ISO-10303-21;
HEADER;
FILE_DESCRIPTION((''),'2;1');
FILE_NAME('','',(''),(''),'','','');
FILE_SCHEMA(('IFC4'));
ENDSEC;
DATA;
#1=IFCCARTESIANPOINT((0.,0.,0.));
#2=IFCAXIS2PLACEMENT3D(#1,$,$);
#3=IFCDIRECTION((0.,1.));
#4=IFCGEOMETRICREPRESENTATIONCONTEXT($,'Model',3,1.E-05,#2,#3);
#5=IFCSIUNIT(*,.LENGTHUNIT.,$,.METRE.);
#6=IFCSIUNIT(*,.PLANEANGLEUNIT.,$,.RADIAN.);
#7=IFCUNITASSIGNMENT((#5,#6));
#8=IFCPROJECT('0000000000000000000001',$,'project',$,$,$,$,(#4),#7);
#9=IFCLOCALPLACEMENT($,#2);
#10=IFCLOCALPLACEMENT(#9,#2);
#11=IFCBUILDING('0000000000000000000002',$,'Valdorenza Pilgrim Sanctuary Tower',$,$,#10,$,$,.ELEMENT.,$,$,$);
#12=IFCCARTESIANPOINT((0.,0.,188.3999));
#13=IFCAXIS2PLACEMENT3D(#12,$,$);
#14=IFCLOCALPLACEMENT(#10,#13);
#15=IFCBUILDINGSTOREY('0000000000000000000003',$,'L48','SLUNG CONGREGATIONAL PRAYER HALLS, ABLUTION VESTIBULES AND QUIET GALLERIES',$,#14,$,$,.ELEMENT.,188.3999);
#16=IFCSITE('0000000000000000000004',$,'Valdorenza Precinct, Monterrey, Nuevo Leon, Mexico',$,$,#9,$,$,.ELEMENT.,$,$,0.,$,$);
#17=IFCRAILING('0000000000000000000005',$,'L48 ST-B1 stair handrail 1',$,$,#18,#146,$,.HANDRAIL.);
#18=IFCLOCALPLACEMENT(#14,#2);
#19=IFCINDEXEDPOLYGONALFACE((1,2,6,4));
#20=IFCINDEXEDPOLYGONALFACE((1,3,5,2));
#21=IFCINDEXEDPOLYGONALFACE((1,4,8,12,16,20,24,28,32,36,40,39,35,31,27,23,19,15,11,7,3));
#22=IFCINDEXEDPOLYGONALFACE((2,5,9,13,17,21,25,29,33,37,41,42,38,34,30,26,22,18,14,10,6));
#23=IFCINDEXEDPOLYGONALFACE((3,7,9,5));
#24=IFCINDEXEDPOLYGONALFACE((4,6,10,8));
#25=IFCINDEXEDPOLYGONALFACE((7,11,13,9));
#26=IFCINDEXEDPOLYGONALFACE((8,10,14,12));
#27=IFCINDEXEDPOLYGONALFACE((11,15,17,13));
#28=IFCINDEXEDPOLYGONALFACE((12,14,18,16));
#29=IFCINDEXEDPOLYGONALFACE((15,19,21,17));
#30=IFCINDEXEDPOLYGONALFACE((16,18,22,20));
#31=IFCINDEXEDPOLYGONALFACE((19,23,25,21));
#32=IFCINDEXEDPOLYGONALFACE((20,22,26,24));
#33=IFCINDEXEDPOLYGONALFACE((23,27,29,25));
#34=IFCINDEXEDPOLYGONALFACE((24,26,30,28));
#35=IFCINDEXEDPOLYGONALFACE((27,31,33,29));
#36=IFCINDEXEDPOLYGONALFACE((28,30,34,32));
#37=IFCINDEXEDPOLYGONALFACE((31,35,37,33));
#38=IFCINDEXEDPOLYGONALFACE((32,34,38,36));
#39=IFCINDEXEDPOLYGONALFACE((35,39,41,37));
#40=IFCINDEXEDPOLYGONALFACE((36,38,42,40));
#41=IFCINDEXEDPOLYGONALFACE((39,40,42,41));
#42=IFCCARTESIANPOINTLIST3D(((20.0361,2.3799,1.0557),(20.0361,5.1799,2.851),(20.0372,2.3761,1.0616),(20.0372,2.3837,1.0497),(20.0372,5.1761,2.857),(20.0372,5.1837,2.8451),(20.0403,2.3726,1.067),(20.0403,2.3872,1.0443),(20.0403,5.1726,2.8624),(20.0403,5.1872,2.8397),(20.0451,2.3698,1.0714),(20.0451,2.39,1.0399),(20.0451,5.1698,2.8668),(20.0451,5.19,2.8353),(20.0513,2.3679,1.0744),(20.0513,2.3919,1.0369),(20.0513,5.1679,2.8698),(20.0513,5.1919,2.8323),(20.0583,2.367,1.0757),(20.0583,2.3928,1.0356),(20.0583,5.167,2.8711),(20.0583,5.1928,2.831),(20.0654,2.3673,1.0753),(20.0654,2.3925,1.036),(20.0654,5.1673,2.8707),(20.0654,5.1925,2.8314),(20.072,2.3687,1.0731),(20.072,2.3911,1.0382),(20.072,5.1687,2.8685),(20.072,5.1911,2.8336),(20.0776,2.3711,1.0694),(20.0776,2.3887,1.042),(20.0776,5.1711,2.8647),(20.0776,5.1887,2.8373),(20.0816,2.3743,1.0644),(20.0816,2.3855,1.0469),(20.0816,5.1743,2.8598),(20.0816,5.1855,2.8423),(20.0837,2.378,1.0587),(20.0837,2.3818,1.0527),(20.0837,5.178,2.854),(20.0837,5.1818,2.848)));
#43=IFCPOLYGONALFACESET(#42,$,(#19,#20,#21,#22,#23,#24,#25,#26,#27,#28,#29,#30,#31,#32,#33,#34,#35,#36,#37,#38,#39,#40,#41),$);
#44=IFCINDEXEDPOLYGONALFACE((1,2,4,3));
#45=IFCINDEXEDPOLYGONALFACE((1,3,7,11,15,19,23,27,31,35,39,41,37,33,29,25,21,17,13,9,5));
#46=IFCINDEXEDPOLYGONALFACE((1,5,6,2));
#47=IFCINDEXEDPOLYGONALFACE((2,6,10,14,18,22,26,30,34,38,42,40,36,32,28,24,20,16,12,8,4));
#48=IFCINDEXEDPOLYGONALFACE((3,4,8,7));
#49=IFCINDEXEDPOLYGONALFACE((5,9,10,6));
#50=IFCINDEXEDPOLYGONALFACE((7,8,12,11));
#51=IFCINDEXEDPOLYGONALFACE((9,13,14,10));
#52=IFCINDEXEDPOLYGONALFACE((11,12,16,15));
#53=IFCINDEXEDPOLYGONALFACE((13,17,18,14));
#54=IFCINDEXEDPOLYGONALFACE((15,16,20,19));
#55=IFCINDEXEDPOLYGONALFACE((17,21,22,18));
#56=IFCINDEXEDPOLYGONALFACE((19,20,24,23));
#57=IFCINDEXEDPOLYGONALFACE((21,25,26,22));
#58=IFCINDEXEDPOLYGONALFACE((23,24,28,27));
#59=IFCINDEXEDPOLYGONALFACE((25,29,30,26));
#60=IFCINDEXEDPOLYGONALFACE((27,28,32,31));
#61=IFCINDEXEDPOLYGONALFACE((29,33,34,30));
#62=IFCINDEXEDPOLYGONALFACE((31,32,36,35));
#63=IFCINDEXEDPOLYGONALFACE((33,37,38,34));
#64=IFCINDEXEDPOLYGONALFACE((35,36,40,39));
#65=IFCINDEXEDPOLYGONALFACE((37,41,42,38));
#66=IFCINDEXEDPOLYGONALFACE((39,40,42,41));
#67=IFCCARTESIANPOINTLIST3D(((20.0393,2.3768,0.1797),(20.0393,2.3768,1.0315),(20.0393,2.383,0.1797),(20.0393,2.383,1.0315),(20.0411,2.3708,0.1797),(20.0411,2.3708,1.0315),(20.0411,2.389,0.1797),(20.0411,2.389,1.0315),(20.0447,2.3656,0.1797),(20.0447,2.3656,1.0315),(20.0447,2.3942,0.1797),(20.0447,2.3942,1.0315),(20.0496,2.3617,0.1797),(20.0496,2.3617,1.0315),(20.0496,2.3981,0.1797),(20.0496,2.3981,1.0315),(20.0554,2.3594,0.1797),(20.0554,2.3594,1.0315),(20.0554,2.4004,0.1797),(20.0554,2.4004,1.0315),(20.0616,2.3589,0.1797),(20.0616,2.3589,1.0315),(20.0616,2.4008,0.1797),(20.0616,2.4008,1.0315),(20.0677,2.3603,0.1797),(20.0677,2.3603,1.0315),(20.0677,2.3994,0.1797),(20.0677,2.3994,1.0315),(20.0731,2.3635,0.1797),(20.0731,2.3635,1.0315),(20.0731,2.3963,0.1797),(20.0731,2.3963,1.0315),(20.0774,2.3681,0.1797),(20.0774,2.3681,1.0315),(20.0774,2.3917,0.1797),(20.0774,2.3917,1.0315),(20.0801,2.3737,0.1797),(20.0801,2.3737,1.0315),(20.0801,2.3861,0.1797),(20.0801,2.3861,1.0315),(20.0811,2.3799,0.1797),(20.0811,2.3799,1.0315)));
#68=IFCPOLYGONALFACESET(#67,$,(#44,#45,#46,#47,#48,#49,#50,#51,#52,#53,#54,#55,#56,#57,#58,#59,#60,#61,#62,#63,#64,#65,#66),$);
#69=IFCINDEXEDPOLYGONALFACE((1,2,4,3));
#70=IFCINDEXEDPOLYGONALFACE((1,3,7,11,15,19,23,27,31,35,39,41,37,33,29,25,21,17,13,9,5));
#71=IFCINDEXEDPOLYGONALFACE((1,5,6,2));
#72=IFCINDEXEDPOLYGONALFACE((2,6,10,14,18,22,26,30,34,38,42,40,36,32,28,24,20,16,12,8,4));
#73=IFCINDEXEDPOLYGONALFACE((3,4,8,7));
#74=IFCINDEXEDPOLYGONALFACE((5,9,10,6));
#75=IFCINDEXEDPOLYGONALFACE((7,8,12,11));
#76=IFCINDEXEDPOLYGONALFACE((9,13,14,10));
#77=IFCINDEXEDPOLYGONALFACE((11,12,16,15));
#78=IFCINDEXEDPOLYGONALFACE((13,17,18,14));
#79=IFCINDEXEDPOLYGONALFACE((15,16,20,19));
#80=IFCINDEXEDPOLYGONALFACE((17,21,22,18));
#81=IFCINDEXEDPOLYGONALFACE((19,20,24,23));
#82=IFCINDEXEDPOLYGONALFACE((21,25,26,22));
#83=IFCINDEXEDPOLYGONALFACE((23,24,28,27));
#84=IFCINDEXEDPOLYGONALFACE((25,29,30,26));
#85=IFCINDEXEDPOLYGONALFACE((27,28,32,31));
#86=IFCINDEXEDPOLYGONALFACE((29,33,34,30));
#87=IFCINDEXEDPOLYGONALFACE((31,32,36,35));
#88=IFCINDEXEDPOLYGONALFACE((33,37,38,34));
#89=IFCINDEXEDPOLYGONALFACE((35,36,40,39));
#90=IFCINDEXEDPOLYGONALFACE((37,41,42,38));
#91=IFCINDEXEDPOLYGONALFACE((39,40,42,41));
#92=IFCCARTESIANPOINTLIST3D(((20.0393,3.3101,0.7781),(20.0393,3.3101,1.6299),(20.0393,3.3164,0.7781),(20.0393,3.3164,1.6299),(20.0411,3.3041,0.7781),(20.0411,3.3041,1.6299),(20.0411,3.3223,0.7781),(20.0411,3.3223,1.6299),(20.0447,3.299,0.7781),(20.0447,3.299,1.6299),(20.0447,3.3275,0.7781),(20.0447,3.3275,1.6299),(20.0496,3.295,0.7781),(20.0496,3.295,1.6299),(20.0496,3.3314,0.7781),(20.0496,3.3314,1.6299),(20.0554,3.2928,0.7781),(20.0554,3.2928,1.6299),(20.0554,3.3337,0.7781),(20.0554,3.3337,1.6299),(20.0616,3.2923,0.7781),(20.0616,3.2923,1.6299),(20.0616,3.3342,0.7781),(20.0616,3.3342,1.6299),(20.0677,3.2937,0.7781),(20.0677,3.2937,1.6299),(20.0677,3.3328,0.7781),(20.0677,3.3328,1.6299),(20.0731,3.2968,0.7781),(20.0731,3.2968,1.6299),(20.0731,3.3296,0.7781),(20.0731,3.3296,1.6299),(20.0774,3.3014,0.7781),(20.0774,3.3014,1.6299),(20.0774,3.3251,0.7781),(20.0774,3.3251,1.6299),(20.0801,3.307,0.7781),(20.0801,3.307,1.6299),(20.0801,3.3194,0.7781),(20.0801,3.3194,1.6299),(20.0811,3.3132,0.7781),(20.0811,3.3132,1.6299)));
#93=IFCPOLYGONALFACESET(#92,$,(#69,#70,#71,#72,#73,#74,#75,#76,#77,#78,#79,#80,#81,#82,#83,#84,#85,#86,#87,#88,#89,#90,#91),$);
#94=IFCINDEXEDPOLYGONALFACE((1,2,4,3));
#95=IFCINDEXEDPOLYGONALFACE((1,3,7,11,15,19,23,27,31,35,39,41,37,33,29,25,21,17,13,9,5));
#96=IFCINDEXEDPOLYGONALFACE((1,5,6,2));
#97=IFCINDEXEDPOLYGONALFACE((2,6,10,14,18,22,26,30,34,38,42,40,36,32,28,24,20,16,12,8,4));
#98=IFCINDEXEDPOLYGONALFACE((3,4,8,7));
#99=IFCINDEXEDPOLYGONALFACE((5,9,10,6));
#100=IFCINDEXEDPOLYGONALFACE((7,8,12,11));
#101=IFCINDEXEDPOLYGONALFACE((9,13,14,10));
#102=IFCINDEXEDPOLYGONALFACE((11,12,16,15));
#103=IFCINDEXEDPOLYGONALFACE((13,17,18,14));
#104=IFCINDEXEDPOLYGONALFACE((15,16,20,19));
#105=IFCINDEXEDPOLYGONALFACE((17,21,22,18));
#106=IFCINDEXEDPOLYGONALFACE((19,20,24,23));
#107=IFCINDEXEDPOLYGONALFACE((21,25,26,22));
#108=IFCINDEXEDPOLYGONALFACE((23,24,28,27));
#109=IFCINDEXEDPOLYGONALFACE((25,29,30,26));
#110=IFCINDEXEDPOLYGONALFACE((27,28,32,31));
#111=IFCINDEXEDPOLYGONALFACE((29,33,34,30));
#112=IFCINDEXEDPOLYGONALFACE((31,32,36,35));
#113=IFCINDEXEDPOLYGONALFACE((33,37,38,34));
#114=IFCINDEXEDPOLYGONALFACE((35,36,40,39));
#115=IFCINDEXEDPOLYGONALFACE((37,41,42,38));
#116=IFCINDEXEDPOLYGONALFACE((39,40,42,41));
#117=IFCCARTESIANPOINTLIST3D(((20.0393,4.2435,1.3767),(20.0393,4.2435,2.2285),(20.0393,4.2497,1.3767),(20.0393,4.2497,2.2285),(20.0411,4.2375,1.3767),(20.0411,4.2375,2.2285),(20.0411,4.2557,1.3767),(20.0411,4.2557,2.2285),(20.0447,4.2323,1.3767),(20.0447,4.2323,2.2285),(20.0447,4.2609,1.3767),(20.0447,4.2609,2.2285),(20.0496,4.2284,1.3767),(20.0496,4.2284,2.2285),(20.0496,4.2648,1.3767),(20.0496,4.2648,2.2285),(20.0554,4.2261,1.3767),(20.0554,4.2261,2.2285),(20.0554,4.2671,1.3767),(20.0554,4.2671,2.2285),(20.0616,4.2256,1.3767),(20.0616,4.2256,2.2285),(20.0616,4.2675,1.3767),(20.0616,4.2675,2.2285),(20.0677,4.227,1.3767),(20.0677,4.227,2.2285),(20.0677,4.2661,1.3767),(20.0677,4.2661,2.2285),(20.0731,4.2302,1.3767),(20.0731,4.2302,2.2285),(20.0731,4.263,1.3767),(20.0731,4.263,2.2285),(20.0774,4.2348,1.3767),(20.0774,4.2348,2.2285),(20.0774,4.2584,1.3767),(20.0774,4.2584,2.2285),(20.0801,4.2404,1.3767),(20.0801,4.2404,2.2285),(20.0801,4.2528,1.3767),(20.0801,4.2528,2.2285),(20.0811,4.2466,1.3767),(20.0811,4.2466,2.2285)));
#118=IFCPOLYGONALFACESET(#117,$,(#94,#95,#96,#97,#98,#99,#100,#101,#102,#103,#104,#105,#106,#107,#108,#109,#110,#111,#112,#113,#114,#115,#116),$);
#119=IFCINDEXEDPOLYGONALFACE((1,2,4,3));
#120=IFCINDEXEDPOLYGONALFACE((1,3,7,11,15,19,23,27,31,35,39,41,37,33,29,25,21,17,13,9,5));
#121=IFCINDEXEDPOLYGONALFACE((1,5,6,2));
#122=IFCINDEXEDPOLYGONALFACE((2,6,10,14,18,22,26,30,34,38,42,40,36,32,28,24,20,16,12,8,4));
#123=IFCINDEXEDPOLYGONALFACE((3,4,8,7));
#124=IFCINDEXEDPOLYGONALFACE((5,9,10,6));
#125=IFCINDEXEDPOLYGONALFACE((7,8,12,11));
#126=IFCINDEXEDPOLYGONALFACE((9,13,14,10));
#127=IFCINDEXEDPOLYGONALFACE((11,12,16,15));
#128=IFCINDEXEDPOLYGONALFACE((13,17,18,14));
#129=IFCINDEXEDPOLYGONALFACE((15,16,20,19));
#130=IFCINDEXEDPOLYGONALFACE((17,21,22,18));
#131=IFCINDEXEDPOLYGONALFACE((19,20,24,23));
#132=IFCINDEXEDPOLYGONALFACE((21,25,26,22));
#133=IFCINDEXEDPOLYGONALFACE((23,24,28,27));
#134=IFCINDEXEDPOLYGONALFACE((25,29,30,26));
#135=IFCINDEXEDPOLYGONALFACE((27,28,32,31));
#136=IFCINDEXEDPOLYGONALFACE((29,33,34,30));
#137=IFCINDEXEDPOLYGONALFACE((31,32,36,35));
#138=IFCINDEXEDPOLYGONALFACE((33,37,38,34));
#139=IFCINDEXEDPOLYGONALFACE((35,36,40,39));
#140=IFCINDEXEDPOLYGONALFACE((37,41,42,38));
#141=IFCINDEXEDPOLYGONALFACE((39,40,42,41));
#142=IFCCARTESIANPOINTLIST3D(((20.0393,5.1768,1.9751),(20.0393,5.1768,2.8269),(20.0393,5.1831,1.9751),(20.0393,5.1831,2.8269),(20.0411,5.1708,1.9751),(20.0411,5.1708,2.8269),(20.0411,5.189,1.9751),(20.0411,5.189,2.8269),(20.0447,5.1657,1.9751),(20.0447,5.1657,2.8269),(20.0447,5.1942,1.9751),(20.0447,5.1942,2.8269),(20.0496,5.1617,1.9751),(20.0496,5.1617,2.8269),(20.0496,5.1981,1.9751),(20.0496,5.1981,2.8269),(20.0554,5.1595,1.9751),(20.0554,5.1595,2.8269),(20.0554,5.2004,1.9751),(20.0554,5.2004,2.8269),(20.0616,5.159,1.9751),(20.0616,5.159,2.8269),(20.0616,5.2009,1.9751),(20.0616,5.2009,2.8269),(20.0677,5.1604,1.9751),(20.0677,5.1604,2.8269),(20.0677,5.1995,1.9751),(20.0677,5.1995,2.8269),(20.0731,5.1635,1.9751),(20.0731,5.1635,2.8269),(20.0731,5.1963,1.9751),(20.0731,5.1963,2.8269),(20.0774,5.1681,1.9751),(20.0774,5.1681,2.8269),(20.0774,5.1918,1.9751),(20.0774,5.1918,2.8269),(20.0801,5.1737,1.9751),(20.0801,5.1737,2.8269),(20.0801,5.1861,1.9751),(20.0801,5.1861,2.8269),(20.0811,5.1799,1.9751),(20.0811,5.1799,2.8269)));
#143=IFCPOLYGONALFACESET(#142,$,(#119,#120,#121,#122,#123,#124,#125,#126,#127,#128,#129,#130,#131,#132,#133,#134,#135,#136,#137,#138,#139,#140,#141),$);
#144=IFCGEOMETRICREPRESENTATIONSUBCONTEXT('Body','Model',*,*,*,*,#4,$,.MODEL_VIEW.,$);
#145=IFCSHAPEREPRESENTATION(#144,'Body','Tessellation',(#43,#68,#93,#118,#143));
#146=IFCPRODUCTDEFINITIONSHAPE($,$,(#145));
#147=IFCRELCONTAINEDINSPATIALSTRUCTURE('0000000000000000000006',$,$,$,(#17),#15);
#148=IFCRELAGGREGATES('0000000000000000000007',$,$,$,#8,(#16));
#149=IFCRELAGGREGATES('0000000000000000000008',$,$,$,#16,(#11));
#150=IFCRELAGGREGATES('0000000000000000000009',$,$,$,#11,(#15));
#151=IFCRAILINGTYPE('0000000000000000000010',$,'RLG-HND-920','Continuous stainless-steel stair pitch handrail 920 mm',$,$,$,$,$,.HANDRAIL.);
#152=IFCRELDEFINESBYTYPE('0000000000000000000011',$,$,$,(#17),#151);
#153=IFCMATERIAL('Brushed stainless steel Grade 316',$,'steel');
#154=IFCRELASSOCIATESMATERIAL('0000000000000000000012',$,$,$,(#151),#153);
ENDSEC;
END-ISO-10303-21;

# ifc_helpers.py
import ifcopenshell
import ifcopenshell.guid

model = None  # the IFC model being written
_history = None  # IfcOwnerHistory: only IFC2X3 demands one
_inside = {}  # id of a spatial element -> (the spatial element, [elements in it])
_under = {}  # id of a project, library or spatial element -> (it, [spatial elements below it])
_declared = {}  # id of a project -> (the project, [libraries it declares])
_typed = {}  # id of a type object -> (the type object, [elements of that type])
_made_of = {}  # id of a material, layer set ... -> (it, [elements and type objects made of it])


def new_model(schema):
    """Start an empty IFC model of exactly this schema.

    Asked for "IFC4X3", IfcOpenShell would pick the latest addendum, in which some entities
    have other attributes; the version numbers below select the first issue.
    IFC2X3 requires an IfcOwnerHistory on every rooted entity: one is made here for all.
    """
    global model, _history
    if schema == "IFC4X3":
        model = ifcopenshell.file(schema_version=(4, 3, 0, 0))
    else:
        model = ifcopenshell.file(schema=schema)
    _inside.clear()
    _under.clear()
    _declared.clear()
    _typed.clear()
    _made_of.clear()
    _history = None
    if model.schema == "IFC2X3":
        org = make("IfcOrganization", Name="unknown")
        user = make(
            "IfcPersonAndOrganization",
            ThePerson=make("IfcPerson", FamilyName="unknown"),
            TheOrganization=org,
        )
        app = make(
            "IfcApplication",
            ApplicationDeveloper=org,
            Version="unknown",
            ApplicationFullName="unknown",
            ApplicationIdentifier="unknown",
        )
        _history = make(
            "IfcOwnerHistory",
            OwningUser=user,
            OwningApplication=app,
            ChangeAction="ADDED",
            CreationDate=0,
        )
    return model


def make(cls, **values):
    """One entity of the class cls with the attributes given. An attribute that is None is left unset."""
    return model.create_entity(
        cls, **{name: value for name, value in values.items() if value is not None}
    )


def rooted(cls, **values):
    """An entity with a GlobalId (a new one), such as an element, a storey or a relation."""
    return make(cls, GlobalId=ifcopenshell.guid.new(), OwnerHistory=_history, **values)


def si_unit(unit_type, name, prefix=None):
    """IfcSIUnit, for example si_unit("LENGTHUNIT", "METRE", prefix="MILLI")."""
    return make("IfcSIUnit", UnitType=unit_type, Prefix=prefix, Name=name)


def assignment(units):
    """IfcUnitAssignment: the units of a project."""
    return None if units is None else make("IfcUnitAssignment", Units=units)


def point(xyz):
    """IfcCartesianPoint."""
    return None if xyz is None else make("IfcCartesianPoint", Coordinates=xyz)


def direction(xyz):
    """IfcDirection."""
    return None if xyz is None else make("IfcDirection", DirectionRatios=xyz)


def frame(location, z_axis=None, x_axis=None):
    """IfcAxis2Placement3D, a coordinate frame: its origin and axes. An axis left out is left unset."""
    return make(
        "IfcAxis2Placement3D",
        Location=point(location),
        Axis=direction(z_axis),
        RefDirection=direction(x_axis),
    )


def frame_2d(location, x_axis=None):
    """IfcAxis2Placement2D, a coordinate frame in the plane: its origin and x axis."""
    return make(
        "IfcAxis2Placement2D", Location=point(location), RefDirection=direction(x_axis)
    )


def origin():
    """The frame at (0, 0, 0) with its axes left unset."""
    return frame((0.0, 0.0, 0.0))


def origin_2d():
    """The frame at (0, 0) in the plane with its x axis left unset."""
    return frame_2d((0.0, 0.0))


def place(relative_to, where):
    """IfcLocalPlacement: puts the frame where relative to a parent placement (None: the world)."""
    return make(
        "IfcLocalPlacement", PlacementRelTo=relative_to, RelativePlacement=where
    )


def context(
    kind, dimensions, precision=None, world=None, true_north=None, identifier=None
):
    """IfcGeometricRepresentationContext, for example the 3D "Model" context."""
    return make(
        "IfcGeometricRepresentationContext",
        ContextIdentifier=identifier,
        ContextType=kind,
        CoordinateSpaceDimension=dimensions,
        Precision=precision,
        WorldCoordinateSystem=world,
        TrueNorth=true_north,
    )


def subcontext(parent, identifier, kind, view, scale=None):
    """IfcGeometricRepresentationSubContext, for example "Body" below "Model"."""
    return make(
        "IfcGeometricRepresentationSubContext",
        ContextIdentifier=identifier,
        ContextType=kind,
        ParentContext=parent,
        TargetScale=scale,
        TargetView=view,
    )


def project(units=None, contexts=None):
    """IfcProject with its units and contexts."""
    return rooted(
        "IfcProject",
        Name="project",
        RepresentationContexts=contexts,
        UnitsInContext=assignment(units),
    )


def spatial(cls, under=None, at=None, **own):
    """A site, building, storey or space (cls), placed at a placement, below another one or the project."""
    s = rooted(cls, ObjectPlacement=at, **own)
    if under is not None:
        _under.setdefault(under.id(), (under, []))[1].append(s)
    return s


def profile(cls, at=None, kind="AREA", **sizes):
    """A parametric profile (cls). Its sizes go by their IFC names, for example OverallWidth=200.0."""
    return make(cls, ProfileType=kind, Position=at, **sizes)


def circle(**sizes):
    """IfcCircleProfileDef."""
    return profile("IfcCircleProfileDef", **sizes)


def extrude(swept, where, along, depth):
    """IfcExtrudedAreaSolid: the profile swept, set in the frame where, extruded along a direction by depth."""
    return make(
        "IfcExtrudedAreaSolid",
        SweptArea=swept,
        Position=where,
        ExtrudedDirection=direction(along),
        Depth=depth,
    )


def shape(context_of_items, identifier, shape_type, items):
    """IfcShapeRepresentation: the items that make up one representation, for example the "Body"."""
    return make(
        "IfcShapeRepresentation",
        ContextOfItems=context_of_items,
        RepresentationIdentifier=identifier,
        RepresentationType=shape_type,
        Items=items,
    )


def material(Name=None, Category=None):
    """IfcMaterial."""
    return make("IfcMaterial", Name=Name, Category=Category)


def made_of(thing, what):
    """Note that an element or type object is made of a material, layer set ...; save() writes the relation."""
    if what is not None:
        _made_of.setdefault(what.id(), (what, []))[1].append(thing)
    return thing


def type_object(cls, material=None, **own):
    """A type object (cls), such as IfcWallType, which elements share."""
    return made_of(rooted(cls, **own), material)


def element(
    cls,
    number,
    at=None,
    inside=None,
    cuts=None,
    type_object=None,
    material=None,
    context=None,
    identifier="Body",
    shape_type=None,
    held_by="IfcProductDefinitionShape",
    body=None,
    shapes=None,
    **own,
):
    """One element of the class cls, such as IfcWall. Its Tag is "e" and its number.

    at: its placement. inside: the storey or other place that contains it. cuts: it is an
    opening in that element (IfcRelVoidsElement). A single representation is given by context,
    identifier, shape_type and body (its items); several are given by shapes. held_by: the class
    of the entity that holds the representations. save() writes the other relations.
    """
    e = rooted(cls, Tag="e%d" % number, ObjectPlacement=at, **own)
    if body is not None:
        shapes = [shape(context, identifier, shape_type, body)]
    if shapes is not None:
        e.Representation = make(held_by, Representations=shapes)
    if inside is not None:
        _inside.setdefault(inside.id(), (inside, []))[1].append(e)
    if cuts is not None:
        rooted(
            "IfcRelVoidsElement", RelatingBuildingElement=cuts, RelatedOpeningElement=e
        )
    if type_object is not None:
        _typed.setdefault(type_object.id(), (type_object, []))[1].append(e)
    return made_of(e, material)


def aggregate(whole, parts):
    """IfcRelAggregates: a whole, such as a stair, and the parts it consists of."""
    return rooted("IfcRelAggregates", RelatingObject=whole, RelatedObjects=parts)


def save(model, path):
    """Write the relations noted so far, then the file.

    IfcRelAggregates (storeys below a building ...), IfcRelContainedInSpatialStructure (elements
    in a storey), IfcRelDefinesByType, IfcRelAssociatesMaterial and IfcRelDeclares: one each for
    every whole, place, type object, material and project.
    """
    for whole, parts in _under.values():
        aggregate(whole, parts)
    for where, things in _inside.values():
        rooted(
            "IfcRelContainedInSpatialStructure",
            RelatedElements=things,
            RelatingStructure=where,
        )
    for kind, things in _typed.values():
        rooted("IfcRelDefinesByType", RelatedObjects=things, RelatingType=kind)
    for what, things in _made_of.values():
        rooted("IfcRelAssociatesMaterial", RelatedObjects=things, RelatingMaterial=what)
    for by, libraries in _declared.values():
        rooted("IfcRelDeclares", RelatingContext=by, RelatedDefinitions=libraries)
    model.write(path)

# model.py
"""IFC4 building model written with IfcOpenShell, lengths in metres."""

from ifc_helpers import new_model, si_unit, direction, frame, origin, origin_2d, place, context, subcontext, project, spatial, circle, extrude, material, type_object, element, save


model = new_model("IFC4")

# Units and contexts
model_context = context("Model", 3, precision=1e-05, world=origin(), true_north=direction((0.0, 1.0)))
body_context = subcontext(model_context, "Body", "Model", "MODEL_VIEW")
ifc_project = project(units=[si_unit("LENGTHUNIT", "METRE"), si_unit("PLANEANGLEUNIT", "RADIAN")], contexts=[model_context])

# Site, building, storey
site_placement = place(None, origin())
site = spatial("IfcSite", under=ifc_project, at=site_placement, Name="Valdorenza Precinct, Monterrey, Nuevo Leon, Mexico", CompositionType="ELEMENT", RefElevation=0.0)
building_placement = place(site_placement, origin())
building = spatial("IfcBuilding", under=site, at=building_placement, Name="Valdorenza Pilgrim Sanctuary Tower", CompositionType="ELEMENT")
storey_placement = place(building_placement, frame((0.0, 0.0, 188.3999)))
storey = spatial("IfcBuildingStorey", under=building, at=storey_placement, Name="L48", Description="SLUNG CONGREGATIONAL PRAYER HALLS, ABLUTION VESTIBULES AND QUIET GALLERIES", CompositionType="ELEMENT", Elevation=188.3999)

# Shared definitions
ifc_material_1 = material(Name="Brushed stainless steel Grade 316", Category="steel")

# Railing
railing_type_1 = type_object("IfcRailingType", Name="RLG-HND-920", Description="Continuous stainless-steel stair pitch handrail 920 mm", PredefinedType="HANDRAIL", material=ifc_material_1)
railing_1_placement = place(storey_placement, frame((20.0601, 2.3799, 0.1797)))
element("IfcRailing", 1, at=railing_1_placement, inside=storey, type_object=railing_type_1, Name="L48 ST-B1 stair handrail 1", PredefinedType="HANDRAIL", context=body_context, shape_type="SweptSolid", body=[
    extrude(circle(Radius=0.0239, at=origin_2d()), frame((0.0, 0.0, 0.876), z_axis=(0.0, 0.84181, 0.539774), x_axis=(-1.0, 0.0, 0.0)), (0.0, 0.0, 1.0), 3.3262),
    extrude(circle(Radius=0.021, at=origin_2d()), origin(), (0.0, 0.0, 1.0), 0.8518),
    extrude(circle(Radius=0.021, at=origin_2d()), frame((0.0, 0.9333, 0.5984)), (0.0, 0.0, 1.0), 0.8518),
    extrude(circle(Radius=0.021, at=origin_2d()), frame((0.0, 1.8667, 1.197)), (0.0, 0.0, 1.0), 0.8518),
    extrude(circle(Radius=0.021, at=origin_2d()), frame((0.0, 2.8, 1.7954)), (0.0, 0.0, 1.0), 0.8518),
])

save(model, "model.ifc")
